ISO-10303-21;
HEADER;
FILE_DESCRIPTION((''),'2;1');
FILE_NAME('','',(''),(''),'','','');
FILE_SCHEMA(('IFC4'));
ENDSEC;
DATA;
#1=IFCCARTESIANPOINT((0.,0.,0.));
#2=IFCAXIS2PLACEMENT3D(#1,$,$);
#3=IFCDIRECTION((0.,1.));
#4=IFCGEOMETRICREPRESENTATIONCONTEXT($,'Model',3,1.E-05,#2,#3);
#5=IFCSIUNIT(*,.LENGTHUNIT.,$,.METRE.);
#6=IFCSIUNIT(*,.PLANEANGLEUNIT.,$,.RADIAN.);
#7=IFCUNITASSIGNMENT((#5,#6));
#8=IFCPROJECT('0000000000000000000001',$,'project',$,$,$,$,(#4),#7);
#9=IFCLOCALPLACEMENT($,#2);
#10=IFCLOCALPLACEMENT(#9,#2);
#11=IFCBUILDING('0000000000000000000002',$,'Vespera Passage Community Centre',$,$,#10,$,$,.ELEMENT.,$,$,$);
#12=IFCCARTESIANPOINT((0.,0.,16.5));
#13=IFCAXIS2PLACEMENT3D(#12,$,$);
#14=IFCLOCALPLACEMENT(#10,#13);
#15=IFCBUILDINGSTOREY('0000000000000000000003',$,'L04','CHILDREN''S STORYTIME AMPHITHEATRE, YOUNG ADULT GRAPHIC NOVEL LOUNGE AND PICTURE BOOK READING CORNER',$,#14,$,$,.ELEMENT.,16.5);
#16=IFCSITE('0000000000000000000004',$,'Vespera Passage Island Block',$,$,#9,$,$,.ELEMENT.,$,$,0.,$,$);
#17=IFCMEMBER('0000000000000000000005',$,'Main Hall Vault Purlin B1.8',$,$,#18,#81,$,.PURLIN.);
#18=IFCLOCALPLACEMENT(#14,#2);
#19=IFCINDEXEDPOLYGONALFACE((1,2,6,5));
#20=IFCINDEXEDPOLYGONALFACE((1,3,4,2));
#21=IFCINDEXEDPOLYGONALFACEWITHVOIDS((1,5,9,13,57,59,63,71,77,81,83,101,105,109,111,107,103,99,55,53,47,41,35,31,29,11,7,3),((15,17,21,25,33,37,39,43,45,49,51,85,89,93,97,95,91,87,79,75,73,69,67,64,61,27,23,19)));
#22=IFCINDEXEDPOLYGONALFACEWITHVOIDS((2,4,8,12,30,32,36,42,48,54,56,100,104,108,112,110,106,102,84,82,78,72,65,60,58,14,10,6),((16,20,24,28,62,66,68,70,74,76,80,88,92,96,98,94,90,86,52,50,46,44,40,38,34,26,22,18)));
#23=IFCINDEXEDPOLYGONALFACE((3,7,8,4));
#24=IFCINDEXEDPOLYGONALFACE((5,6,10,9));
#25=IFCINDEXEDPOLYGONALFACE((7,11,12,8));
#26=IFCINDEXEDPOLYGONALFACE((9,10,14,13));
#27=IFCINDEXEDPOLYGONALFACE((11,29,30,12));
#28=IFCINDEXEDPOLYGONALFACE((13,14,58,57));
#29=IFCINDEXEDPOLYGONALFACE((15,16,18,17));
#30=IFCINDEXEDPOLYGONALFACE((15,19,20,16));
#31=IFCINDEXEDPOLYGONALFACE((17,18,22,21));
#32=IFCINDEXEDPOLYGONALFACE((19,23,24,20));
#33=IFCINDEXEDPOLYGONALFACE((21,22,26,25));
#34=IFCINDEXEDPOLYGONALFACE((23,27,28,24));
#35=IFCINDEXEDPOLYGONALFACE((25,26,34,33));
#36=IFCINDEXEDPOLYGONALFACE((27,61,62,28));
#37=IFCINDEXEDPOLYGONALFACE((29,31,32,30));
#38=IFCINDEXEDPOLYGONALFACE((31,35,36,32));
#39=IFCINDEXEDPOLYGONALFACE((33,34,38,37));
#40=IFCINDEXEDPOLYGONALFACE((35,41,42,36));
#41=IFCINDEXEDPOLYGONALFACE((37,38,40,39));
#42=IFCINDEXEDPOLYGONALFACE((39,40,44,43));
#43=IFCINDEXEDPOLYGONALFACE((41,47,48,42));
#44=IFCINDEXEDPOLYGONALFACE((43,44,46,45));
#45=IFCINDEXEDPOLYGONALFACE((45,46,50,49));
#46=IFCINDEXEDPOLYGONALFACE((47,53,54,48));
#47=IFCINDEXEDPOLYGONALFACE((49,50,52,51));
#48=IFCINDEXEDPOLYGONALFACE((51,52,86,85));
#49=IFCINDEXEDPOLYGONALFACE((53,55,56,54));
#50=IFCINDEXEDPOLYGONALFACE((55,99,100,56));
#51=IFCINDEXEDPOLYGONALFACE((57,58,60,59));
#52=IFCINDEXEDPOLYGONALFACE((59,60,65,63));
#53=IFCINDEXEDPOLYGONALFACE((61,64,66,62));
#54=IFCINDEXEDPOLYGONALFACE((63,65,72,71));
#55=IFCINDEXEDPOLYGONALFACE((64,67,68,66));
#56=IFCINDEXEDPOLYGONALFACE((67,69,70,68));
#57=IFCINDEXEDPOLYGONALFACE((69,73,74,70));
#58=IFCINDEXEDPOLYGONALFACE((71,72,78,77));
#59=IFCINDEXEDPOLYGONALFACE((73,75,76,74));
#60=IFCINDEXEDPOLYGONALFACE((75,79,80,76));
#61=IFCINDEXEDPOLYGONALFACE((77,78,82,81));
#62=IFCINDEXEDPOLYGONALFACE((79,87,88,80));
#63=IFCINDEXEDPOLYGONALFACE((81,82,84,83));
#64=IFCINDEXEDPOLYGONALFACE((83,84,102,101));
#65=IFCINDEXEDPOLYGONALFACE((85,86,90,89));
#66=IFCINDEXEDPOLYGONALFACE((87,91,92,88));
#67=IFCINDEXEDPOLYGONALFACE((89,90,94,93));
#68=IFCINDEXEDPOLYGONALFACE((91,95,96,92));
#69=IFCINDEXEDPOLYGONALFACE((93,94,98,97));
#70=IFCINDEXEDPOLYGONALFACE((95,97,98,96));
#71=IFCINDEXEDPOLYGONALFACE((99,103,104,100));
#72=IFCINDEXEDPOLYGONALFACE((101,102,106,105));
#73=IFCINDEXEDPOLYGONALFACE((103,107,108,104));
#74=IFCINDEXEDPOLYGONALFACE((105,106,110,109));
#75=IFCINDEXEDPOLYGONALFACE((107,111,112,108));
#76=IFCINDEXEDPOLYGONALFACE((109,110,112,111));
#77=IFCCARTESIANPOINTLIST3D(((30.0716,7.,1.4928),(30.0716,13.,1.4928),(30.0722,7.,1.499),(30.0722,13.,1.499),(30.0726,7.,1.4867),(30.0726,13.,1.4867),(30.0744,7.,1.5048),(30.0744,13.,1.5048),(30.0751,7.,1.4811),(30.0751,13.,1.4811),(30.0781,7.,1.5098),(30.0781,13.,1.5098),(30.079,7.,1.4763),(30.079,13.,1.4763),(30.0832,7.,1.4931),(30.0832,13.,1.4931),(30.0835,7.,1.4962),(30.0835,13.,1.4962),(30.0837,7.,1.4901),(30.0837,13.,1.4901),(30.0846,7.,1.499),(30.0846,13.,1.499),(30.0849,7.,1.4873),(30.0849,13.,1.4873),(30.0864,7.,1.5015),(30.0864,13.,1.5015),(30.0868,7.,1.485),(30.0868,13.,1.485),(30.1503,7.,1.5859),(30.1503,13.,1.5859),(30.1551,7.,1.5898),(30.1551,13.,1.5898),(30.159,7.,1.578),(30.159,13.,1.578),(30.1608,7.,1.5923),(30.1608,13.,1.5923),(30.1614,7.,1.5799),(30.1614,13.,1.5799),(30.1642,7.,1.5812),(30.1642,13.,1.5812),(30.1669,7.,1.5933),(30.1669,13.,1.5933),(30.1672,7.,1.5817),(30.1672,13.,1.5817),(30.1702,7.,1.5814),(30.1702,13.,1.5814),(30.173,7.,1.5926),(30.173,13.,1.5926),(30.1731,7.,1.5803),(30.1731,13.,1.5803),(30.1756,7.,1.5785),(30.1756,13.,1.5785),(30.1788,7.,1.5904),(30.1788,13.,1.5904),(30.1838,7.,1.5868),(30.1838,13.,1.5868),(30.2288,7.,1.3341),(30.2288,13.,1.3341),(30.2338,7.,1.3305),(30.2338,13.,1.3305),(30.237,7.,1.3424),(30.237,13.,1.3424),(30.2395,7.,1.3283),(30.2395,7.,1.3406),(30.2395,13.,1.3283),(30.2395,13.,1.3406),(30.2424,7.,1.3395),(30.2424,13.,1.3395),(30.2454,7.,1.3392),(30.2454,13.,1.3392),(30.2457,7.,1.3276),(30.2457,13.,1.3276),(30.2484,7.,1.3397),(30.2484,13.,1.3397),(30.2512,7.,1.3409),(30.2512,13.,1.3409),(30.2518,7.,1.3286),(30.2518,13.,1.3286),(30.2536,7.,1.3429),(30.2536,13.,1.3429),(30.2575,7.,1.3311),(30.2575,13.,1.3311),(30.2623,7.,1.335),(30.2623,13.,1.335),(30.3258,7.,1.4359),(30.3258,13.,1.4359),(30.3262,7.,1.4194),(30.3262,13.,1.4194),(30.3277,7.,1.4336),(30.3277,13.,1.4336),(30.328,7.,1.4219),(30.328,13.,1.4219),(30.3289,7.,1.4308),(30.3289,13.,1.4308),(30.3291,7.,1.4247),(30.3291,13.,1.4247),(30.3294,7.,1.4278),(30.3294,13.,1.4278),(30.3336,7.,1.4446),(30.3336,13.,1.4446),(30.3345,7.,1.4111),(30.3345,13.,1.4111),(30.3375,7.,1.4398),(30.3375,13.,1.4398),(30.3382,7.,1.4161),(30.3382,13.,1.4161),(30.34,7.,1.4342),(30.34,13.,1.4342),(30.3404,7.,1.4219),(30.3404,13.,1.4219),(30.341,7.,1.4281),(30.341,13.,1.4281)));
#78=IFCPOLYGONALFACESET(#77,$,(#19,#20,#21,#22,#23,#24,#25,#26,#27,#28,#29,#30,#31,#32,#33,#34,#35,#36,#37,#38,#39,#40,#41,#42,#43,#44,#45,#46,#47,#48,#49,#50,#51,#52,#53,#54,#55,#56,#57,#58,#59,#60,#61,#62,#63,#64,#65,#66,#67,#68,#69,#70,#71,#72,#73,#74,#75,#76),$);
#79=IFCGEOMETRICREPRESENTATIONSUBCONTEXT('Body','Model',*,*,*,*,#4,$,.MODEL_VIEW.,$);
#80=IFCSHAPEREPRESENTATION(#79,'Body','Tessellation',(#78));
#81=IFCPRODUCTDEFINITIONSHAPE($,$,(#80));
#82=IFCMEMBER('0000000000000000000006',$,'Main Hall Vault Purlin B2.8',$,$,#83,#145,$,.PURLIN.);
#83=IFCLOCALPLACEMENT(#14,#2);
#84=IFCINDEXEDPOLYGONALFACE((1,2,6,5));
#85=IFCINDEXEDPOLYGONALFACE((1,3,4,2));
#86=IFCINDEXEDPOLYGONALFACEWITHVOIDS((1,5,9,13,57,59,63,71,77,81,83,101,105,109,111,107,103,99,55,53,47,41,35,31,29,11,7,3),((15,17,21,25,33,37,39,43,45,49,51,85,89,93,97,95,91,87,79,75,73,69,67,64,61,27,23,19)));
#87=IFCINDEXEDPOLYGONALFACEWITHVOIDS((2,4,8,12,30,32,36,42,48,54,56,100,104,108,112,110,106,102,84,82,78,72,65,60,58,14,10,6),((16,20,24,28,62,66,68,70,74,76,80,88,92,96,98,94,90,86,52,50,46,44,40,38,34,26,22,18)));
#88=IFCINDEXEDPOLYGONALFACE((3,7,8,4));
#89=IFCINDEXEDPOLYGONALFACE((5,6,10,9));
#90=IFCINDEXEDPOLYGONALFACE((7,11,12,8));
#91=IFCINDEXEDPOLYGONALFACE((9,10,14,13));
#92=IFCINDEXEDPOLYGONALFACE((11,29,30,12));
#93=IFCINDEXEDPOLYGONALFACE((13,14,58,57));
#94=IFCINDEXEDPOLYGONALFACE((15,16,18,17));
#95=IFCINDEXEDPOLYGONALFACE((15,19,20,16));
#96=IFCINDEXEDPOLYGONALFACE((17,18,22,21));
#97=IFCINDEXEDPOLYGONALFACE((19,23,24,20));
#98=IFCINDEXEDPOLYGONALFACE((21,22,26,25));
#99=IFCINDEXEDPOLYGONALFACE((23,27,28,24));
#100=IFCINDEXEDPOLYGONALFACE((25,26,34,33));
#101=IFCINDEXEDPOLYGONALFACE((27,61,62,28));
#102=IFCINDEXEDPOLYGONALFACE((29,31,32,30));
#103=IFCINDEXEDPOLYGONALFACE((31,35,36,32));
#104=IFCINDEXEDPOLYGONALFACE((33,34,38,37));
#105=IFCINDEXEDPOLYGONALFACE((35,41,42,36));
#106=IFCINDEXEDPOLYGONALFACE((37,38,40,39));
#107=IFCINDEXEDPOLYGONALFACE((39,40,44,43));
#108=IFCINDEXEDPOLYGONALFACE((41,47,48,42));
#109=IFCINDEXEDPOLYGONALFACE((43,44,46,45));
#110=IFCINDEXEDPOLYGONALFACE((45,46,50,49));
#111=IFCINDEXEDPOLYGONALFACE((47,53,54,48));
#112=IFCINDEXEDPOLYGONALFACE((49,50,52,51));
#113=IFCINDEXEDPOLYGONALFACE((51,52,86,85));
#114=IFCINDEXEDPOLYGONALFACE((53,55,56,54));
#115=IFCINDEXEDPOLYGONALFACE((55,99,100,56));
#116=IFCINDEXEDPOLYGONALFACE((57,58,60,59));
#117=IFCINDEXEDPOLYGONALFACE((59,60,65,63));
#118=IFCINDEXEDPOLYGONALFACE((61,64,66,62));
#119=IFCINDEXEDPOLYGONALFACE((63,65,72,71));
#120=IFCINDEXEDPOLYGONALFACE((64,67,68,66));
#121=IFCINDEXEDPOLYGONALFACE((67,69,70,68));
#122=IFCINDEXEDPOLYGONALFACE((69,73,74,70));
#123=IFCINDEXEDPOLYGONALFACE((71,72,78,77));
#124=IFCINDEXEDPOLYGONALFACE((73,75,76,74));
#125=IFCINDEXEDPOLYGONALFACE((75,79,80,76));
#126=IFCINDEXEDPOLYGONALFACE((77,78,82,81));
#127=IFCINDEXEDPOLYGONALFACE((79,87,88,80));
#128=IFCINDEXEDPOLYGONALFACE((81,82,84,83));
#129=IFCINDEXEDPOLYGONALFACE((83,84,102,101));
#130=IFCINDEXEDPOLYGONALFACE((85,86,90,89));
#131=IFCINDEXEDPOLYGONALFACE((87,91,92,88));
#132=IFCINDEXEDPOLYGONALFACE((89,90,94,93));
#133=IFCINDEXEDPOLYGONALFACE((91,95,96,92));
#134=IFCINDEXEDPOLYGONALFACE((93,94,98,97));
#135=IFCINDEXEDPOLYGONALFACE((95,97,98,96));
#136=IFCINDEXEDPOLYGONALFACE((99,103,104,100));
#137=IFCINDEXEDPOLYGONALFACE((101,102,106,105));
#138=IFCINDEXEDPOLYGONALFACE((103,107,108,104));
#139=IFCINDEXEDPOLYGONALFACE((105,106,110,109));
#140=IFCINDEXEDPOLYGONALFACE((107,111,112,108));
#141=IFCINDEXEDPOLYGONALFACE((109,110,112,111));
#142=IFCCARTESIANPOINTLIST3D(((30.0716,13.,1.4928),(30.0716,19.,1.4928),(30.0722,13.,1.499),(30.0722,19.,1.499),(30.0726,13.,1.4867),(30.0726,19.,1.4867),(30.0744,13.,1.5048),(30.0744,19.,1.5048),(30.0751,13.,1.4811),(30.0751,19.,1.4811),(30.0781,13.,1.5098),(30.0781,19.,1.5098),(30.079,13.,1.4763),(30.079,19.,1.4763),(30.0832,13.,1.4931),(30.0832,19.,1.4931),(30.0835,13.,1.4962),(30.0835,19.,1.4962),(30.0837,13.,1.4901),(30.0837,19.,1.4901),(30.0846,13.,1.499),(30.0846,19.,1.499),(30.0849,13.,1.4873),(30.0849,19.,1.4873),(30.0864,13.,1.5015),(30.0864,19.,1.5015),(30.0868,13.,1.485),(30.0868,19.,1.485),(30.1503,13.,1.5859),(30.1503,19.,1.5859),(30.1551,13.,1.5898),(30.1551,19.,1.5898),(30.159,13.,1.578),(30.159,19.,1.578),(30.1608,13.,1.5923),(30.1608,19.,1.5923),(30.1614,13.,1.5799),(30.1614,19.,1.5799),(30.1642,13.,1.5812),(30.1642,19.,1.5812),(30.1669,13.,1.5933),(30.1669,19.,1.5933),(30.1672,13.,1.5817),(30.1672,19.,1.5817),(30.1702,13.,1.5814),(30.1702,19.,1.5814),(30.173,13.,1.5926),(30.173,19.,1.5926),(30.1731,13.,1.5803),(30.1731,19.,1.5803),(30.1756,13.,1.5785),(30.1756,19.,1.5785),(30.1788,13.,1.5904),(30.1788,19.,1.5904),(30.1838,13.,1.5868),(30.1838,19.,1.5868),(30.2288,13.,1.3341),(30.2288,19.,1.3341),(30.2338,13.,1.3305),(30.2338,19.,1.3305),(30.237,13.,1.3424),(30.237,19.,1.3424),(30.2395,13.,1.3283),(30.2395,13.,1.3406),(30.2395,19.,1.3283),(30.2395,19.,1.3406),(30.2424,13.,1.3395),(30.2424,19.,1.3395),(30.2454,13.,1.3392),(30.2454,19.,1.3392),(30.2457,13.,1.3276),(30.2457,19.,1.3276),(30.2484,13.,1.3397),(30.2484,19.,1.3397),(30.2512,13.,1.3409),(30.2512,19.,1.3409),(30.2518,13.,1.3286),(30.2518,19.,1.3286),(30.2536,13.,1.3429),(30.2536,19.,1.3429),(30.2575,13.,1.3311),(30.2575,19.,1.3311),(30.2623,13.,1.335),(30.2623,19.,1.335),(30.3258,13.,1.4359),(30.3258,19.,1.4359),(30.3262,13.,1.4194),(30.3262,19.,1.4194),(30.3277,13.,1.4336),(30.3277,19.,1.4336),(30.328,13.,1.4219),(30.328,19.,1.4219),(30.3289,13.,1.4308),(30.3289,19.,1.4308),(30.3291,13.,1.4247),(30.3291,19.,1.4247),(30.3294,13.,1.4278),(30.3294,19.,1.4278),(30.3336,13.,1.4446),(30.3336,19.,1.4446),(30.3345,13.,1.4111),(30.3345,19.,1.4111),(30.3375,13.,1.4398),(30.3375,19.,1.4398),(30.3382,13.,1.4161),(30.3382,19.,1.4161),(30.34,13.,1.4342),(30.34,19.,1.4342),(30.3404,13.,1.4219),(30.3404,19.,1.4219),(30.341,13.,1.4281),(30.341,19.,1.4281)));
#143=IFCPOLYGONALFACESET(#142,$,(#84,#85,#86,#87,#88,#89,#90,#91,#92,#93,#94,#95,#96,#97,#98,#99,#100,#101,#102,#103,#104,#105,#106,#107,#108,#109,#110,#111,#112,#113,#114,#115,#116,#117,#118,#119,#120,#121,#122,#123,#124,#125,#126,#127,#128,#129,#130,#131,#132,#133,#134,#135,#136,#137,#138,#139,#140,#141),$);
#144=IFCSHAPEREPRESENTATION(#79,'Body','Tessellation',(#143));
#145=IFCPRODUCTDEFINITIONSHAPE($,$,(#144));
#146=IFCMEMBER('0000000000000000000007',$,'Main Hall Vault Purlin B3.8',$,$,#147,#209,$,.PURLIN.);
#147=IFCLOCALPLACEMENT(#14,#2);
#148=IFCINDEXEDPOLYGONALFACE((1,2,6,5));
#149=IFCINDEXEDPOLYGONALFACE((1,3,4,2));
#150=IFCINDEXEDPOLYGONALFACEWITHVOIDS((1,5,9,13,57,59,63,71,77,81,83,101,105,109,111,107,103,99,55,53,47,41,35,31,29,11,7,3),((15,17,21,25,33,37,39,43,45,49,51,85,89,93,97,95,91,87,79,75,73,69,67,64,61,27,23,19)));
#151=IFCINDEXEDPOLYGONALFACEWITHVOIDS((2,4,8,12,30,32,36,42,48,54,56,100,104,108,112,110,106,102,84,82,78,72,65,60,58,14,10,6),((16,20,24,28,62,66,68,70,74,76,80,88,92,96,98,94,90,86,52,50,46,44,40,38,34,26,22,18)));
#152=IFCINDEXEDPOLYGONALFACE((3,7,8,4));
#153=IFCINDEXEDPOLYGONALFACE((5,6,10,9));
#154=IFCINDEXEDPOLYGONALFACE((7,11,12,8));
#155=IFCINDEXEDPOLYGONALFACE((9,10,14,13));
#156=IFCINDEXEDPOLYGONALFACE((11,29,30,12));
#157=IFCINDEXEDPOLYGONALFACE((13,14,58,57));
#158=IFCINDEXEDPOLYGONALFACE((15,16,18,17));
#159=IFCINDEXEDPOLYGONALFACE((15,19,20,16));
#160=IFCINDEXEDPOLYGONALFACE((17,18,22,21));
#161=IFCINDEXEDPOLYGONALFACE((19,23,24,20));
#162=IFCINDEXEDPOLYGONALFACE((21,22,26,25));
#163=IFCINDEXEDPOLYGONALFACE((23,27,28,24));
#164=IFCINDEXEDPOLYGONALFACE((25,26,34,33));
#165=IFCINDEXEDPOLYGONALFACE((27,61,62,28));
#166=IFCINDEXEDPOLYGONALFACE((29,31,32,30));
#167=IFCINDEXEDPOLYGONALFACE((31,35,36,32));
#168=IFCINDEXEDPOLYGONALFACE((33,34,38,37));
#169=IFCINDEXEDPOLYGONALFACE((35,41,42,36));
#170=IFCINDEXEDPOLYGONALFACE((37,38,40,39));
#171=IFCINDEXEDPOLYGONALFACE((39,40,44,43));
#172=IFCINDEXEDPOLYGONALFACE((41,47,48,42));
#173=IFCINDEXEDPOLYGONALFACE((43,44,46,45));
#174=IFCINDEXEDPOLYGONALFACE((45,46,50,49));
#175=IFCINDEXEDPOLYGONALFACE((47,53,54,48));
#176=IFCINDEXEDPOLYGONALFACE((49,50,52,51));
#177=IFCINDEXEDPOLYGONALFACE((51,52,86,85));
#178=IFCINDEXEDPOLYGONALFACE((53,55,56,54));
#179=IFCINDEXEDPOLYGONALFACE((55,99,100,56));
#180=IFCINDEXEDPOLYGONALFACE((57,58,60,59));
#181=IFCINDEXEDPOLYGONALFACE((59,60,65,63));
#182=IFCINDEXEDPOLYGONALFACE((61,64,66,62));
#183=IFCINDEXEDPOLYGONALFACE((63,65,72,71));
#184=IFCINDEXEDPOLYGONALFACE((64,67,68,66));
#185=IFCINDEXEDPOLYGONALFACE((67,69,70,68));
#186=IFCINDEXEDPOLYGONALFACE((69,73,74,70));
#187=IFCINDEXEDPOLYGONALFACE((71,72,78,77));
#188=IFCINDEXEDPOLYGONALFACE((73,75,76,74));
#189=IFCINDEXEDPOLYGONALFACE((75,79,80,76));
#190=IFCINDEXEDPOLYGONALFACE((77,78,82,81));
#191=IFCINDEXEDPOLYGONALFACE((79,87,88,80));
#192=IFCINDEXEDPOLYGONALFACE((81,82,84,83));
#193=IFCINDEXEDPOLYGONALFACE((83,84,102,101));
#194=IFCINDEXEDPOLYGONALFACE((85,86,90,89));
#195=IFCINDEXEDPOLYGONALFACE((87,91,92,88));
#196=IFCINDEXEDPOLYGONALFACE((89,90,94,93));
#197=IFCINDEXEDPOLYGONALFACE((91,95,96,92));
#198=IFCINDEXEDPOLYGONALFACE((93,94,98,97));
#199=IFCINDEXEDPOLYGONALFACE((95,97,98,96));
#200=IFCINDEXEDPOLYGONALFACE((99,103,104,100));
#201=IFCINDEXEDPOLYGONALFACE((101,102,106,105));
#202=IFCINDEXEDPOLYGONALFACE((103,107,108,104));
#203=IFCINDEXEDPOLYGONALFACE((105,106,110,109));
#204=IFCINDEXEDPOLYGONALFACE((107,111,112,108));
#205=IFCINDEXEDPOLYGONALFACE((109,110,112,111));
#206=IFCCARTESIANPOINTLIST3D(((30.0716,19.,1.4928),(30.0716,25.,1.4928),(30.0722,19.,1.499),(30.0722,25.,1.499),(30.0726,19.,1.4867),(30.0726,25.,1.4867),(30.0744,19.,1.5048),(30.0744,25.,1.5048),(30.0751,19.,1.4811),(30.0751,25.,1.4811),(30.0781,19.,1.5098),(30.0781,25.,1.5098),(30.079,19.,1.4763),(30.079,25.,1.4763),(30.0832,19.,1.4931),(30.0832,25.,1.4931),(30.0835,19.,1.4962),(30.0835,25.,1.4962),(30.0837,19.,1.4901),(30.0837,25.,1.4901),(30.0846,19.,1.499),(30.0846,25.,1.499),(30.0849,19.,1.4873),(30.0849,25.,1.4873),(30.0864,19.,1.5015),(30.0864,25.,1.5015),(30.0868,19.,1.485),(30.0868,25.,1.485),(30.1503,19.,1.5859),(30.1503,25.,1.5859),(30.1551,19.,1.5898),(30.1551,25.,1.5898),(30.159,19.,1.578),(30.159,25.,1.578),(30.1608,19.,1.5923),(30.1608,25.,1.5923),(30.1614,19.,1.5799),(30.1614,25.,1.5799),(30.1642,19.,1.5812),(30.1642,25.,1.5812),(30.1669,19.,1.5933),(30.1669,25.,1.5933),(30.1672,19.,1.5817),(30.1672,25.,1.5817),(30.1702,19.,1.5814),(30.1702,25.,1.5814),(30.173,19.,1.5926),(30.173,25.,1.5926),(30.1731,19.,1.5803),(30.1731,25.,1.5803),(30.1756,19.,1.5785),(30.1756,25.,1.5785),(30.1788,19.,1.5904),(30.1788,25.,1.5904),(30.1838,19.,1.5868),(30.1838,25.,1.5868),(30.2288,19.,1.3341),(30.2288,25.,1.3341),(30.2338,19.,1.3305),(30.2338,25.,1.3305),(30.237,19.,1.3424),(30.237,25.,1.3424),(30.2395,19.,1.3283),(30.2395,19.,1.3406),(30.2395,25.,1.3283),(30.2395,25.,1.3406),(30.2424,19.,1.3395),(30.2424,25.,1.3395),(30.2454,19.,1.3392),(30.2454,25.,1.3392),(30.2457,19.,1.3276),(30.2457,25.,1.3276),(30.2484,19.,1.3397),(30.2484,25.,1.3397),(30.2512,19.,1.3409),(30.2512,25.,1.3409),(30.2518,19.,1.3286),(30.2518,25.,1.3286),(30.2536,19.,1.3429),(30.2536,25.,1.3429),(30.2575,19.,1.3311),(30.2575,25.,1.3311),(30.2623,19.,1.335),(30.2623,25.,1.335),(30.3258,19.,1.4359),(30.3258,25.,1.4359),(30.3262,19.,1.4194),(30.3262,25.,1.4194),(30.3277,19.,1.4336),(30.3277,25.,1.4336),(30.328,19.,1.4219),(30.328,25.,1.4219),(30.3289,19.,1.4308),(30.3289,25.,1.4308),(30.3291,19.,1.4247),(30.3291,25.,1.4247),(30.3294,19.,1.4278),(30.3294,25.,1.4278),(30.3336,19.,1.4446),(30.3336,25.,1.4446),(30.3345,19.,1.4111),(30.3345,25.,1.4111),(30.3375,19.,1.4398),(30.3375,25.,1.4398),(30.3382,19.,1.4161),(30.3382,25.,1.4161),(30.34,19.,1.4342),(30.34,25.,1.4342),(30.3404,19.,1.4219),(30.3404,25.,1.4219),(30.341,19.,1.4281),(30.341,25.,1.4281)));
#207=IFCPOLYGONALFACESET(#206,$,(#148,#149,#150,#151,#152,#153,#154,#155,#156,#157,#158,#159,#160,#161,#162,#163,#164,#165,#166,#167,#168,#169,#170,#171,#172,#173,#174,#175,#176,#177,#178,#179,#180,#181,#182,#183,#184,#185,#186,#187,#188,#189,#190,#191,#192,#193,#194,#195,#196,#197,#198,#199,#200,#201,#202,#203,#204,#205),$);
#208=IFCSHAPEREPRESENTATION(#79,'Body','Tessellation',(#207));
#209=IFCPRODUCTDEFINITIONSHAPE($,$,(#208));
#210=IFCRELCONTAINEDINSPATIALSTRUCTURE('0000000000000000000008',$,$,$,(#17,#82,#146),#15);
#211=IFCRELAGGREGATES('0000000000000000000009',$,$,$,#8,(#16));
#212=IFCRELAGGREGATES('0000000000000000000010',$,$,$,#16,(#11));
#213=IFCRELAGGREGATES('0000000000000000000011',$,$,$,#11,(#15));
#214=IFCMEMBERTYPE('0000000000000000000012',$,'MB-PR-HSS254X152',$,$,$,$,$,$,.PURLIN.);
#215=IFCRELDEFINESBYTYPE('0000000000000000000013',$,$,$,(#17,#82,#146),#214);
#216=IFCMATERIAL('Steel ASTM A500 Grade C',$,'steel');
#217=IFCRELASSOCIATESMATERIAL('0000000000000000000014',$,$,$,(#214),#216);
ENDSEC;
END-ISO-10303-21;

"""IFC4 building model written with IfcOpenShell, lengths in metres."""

from ifc_helpers import new_model, si_unit, direction, frame, origin, origin_2d, place, context, subcontext, project, spatial, hollow_rectangle, extrude, material, material_profile, profile_set, type_object, element, save


model = new_model("IFC4")

# Units and contexts
model_context = context("Model", 3, precision=1e-05, world=origin(), true_north=direction((0.0, 1.0)))
body_context = subcontext(model_context, "Body", "Model", "MODEL_VIEW")
ifc_project = project(units=[si_unit("LENGTHUNIT", "METRE"), si_unit("PLANEANGLEUNIT", "RADIAN")], contexts=[model_context])

# Site, building, storey
site_placement = place(None, origin())
site = spatial("IfcSite", under=ifc_project, at=site_placement, Name="Vespera Passage Island Block", CompositionType="ELEMENT", RefElevation=0.0)
building_placement = place(site_placement, origin())
building = spatial("IfcBuilding", under=site, at=building_placement, Name="Vespera Passage Community Centre", CompositionType="ELEMENT")
storey_placement = place(building_placement, frame((0.0, 0.0, 16.5)))
storey = spatial("IfcBuildingStorey", under=building, at=storey_placement, Name="L04", Description="CHILDREN'S STORYTIME AMPHITHEATRE, YOUNG ADULT GRAPHIC NOVEL LOUNGE AND PICTURE BOOK READING CORNER", CompositionType="ELEMENT", Elevation=16.5)

# Members
ifc_material_1 = material(Name="Steel ASTM A500 Grade C", Category="steel")
ifc_material_profile_1 = material_profile(ifc_material_1, hollow_rectangle(XDim=0.1523, YDim=0.2539, WallThickness=0.0117, InnerFilletRadius=0.0117, OuterFilletRadius=0.0237, at=origin_2d()), Name="HSS254X152X12.7")
ifc_profile_set_1 = profile_set([ifc_material_profile_1], Name="Steel ASTM A500 Grade C")
member_type_1 = type_object("IfcMemberType", Name="MB-PR-HSS254X152", PredefinedType="PURLIN", material=ifc_profile_set_1)
for number, where, z_axis, x_axis, name in (
    (1, (30.2063, 7.0, 1.4604), (0.0, 1.0, 0.0), (-0.688355, 0.0, -0.725374), "Main Hall Vault Purlin B1.8"),
    (2, (30.2063, 13.0, 1.4604), (0.0, 1.0, 0.0), (-0.688355, 0.0, -0.725374), "Main Hall Vault Purlin B2.8"),
    (3, (30.2063, 19.0, 1.4604), (0.0, 1.0, 0.0), (-0.688355, 0.0, -0.725374), "Main Hall Vault Purlin B3.8"),
):
    element("IfcMember", number, at=place(storey_placement, frame(where, z_axis=z_axis, x_axis=x_axis)), inside=storey, type_object=member_type_1, Name=name, PredefinedType="PURLIN", context=body_context, shape_type="SweptSolid", body=[
        extrude(hollow_rectangle(XDim=0.1523, YDim=0.2539, WallThickness=0.0117, InnerFilletRadius=0.0117, OuterFilletRadius=0.0237, at=origin_2d()), origin(), (0.0, 0.0, 1.0), 6.0),
    ])

save(model, "model.ifc")
